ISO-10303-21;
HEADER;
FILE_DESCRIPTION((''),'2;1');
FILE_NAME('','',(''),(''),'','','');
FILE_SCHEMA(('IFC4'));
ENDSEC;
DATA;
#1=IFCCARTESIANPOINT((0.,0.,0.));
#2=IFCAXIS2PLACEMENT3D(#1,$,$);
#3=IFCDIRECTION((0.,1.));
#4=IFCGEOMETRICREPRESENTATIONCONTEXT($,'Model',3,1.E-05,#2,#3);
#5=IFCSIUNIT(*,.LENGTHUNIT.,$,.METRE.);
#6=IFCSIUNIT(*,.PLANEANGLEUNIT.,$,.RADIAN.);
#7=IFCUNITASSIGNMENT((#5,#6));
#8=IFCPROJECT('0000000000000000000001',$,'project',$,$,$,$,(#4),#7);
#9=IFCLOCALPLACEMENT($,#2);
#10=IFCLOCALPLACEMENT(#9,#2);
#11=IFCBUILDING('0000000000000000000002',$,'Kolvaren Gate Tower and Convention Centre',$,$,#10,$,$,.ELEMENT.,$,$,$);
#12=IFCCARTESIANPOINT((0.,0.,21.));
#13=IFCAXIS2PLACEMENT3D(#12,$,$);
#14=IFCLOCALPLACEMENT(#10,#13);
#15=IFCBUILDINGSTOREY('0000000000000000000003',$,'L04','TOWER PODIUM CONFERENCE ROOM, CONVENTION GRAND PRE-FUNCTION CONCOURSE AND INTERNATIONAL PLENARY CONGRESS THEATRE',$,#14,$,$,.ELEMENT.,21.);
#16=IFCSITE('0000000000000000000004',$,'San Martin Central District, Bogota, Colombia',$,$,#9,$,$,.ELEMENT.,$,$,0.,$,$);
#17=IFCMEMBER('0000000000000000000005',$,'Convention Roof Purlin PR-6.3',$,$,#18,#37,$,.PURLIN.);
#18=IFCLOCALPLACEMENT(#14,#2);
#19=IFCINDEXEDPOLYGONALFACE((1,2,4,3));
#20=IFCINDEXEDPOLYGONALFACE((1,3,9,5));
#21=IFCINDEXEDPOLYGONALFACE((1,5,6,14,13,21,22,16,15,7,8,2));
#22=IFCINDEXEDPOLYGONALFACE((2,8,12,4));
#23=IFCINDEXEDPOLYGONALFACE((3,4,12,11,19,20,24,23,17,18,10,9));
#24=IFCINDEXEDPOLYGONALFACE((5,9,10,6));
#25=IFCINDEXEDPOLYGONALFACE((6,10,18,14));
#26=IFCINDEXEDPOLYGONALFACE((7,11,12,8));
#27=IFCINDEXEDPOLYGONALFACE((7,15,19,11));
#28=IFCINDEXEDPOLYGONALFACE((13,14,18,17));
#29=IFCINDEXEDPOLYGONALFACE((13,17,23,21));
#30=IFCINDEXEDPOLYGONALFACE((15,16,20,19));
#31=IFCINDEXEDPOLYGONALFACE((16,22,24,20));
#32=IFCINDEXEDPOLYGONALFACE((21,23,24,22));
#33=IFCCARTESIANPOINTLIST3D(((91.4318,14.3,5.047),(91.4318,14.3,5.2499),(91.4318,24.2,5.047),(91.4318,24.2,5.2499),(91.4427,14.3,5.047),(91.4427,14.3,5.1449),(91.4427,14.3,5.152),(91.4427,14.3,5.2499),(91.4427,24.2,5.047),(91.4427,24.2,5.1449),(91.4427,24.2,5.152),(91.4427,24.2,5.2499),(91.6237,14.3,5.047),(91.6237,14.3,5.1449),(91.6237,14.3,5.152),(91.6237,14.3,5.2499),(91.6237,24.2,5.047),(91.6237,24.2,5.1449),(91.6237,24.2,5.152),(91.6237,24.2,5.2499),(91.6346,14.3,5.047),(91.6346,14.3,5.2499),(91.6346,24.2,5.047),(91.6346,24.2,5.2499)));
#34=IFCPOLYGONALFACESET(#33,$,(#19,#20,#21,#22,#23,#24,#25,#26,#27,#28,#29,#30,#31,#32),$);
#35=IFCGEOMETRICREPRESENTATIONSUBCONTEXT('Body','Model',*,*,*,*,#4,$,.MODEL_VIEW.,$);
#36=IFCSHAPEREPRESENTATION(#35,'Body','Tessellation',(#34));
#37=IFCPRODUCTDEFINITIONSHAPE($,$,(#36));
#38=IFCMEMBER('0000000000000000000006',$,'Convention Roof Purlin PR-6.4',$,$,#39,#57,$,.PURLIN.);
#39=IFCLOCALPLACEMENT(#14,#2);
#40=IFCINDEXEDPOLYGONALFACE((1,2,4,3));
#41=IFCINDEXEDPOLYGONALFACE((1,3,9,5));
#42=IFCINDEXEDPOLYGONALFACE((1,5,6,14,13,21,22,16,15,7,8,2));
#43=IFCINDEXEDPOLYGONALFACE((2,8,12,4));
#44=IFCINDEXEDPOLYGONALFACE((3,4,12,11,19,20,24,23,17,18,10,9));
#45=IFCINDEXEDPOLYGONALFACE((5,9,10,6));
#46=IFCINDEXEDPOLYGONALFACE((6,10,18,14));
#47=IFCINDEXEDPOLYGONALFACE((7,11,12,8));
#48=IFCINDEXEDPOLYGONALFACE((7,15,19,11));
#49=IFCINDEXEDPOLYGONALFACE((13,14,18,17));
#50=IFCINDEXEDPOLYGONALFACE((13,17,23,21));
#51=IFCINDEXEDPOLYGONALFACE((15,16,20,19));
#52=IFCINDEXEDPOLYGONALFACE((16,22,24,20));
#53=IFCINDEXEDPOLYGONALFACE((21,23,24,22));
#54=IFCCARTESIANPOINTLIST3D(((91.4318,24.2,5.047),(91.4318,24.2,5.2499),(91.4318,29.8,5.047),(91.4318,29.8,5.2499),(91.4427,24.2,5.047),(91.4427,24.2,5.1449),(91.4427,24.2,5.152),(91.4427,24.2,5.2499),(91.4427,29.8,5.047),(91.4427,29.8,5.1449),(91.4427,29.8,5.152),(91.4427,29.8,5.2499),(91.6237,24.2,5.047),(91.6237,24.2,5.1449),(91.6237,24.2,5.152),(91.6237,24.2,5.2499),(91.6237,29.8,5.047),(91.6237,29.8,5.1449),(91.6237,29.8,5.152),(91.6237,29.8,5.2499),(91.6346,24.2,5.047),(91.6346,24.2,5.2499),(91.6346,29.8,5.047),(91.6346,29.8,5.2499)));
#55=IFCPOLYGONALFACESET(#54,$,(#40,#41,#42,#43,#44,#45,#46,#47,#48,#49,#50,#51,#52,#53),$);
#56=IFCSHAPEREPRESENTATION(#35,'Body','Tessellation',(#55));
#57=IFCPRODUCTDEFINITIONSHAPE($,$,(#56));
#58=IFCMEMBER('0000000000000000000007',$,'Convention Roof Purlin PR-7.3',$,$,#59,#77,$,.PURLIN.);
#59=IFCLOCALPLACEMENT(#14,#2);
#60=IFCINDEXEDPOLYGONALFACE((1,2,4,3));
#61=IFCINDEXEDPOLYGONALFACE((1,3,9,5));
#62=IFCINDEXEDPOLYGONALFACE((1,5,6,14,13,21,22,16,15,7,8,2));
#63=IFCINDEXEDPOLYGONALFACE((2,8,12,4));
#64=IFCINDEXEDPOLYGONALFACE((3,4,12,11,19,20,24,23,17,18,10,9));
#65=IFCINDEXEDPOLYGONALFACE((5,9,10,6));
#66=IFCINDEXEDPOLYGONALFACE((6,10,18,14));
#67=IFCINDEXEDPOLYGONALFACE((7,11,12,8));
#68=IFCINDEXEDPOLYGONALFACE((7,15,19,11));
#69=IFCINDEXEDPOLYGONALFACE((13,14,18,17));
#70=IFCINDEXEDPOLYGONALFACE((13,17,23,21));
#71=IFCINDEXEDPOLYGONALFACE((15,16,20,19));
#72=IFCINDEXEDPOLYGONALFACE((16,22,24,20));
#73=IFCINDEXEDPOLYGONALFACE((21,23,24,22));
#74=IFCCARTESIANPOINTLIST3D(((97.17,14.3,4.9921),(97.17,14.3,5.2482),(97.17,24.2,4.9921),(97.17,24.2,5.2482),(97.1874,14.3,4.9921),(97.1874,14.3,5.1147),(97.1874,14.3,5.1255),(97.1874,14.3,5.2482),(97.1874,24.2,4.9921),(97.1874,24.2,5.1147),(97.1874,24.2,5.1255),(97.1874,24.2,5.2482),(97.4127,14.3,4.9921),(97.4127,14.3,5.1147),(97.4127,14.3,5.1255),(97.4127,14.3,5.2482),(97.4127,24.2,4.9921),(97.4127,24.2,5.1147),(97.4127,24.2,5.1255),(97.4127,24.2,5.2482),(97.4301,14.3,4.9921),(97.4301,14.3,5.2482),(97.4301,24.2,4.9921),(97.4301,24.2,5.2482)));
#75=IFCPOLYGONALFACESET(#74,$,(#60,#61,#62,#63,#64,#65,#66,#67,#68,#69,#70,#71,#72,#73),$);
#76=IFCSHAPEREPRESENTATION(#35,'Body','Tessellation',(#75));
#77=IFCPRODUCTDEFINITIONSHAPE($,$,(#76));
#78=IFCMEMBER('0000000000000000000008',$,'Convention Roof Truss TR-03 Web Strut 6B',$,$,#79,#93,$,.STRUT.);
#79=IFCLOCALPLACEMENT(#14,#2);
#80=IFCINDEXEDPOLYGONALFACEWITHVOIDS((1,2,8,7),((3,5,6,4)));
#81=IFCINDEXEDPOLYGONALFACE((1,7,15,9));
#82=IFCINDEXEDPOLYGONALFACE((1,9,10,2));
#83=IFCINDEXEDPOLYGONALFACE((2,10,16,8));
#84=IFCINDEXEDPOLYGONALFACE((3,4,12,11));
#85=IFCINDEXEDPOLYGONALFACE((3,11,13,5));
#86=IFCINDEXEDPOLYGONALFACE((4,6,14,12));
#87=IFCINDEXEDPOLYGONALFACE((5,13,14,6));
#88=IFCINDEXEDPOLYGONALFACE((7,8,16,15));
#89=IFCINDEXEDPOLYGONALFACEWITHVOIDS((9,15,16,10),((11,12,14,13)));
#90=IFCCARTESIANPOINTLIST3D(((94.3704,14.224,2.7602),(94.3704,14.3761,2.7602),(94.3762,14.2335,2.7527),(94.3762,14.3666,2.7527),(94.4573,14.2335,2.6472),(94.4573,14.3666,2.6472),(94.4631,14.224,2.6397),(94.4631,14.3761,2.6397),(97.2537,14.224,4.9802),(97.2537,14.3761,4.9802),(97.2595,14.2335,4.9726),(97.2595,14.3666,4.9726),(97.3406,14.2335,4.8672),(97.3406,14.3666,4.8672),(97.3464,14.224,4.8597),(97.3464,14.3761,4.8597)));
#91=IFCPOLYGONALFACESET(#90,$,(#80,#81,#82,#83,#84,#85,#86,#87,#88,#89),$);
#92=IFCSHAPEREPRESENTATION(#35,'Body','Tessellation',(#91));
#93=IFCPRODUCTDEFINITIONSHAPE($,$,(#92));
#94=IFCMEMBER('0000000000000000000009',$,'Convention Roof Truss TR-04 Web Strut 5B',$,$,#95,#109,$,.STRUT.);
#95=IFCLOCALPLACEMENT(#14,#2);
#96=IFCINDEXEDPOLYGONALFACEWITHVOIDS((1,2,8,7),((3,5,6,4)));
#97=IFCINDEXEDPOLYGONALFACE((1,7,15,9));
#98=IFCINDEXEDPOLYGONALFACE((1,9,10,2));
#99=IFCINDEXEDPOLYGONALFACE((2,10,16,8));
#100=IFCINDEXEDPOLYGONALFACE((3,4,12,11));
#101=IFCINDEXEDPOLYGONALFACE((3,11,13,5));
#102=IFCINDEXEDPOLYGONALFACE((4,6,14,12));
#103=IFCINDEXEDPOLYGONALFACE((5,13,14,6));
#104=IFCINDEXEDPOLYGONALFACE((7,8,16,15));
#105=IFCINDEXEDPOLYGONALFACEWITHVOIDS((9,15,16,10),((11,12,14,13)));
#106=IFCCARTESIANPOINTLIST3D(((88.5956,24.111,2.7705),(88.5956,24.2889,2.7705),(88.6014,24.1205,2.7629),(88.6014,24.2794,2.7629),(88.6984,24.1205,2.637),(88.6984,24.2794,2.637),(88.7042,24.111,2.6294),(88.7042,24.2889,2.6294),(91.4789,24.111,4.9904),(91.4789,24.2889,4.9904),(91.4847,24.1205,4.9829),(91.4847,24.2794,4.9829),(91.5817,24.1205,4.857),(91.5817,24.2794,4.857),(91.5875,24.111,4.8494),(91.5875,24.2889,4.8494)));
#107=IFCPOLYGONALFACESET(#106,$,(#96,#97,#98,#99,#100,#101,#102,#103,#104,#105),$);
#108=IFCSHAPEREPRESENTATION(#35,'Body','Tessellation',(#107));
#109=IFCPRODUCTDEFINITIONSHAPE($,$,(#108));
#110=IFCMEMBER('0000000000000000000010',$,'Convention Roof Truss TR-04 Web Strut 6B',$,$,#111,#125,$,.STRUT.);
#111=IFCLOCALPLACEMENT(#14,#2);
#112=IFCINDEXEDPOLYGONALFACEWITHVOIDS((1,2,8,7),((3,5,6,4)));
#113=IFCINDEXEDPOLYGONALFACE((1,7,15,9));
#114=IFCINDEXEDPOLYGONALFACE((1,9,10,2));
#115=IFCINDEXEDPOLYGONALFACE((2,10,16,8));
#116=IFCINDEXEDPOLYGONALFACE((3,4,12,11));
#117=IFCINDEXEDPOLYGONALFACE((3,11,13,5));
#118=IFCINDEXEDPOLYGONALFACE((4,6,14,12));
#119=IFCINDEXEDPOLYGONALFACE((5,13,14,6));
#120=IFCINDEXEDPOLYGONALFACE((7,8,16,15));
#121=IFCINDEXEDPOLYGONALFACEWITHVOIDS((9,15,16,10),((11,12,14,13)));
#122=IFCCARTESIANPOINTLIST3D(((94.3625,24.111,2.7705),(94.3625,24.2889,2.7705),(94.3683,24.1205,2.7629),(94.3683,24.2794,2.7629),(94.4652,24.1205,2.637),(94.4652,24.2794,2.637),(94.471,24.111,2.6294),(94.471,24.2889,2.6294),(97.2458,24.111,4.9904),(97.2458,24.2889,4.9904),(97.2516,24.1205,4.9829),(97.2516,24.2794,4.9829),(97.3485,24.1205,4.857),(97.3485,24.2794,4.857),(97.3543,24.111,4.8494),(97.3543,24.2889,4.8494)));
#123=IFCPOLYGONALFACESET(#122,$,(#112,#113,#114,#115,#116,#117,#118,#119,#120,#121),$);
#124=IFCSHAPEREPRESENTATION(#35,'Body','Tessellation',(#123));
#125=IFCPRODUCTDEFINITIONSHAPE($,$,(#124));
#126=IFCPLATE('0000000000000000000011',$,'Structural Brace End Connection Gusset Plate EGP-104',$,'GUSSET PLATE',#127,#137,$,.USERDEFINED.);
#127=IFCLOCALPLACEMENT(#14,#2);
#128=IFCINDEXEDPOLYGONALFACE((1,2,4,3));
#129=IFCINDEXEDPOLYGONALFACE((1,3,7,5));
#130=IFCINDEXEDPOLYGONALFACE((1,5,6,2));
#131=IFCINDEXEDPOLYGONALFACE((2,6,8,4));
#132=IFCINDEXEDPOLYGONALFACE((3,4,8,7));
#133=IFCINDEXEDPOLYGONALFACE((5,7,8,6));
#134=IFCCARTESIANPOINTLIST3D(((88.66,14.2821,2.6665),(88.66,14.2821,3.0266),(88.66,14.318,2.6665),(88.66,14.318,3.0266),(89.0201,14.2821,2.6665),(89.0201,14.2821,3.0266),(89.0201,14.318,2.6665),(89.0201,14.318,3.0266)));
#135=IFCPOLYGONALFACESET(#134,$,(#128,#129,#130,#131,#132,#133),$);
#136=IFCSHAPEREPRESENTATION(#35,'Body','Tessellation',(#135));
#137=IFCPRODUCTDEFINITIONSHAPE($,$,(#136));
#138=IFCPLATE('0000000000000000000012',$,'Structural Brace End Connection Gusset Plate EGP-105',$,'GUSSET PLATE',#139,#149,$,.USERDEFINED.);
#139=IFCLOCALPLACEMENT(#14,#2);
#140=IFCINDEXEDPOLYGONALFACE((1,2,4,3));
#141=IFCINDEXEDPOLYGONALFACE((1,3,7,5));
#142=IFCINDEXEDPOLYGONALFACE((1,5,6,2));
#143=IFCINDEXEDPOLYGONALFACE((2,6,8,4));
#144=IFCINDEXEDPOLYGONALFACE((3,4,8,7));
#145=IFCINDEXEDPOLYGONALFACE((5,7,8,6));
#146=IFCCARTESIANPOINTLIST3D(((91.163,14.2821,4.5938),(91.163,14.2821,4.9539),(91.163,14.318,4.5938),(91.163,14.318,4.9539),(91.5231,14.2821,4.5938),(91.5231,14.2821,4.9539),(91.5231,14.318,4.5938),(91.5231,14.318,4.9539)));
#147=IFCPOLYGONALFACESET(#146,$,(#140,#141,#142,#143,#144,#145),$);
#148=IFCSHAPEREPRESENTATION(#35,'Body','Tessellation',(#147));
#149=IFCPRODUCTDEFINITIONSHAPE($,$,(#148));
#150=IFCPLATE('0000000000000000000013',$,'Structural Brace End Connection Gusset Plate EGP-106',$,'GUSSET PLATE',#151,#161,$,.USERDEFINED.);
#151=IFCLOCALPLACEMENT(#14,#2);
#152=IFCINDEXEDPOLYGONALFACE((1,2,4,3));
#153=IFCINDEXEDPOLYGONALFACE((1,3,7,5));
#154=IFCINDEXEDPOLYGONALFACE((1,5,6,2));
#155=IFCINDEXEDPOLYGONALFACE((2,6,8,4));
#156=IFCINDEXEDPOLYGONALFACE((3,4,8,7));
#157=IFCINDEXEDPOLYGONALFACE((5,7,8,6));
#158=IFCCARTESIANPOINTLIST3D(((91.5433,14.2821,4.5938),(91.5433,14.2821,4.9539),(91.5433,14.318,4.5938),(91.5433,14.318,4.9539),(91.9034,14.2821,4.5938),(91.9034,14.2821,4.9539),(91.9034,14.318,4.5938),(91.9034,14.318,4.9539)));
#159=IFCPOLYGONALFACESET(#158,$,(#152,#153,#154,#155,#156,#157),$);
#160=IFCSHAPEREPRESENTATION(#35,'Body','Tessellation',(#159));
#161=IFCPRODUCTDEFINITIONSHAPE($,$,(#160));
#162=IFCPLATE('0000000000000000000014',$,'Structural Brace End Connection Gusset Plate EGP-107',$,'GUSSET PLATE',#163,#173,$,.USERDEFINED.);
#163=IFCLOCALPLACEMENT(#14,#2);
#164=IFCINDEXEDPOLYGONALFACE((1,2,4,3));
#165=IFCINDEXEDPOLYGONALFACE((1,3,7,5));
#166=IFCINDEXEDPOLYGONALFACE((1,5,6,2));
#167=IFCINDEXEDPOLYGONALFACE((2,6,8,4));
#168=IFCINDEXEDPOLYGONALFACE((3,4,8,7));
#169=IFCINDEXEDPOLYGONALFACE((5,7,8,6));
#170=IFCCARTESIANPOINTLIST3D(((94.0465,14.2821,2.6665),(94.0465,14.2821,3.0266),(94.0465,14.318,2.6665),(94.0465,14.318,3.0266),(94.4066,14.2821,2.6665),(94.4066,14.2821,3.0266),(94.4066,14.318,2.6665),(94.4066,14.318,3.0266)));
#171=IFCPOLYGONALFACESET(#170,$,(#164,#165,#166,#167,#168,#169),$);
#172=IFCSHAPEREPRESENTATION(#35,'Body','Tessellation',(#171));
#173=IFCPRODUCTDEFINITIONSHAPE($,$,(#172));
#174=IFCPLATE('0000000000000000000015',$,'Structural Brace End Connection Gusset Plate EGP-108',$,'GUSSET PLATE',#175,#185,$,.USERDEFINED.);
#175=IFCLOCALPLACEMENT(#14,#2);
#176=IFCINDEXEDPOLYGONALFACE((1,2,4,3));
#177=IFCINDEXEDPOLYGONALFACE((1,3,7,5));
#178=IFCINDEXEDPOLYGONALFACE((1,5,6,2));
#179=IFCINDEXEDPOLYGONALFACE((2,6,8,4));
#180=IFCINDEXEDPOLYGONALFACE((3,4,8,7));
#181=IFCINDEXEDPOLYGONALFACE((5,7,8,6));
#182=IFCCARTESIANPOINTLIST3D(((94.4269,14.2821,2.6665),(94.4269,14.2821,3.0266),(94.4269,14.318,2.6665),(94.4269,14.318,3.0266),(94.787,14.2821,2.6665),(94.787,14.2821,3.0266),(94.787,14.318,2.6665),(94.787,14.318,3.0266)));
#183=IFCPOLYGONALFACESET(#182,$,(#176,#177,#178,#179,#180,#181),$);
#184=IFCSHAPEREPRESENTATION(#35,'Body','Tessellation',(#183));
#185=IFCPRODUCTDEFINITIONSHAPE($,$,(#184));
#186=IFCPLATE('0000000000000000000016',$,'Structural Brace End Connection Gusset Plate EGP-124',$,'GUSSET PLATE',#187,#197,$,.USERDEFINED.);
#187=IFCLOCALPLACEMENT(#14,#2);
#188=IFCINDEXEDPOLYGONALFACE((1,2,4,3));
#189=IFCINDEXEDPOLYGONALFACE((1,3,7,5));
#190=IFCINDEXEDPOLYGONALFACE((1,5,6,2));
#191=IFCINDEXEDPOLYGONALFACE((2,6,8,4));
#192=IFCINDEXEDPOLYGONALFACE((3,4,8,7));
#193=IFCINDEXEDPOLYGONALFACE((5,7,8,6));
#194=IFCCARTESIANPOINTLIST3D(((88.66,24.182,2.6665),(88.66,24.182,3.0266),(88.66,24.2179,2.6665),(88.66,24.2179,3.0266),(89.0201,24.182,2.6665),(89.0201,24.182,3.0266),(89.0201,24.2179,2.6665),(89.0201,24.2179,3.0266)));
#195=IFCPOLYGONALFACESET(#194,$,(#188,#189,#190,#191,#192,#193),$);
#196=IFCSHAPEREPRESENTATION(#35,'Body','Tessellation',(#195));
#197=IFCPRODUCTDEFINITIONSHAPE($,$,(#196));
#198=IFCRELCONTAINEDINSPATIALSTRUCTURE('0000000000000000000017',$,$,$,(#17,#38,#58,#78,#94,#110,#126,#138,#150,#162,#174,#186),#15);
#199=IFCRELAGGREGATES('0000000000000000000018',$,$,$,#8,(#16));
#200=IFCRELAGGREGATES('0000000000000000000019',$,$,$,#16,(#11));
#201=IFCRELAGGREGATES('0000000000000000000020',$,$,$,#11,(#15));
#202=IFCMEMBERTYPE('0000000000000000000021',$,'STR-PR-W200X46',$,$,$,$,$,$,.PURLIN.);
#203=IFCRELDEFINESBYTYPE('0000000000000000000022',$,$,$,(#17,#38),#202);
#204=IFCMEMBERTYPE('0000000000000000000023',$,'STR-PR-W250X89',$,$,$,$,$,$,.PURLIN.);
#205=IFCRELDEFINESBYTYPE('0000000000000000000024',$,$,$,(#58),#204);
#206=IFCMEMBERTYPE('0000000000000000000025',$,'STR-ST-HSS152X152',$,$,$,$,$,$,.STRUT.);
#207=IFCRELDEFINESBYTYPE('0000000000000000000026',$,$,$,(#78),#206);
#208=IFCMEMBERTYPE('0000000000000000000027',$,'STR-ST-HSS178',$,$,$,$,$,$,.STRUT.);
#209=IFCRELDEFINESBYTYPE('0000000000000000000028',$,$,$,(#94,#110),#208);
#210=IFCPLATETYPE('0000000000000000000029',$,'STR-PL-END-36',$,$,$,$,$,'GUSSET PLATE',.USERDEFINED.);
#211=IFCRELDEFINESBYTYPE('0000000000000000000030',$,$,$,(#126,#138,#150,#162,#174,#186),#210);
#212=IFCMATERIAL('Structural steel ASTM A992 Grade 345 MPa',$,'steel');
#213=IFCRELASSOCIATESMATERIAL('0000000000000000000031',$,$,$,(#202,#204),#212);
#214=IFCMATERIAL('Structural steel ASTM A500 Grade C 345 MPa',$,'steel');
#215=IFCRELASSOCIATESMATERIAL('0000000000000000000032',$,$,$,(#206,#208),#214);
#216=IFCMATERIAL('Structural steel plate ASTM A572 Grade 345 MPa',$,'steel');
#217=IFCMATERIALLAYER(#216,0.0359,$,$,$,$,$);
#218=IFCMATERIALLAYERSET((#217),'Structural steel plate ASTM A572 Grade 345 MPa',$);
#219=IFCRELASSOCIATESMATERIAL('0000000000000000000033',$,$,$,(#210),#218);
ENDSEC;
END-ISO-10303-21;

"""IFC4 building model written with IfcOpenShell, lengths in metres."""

from ifc_helpers import new_model, si_unit, direction, frame, origin, origin_2d, place, context, subcontext, project, spatial, rectangle, hollow_rectangle, i_section, extrude, material, layer, layer_set, material_profile, profile_set, type_object, element, save


model = new_model("IFC4")

# Units and contexts
model_context = context("Model", 3, precision=1e-05, world=origin(), true_north=direction((0.0, 1.0)))
body_context = subcontext(model_context, "Body", "Model", "MODEL_VIEW")
ifc_project = project(units=[si_unit("LENGTHUNIT", "METRE"), si_unit("PLANEANGLEUNIT", "RADIAN")], contexts=[model_context])

# Site, building, storey
site_placement = place(None, origin())
site = spatial("IfcSite", under=ifc_project, at=site_placement, Name="San Martin Central District, Bogota, Colombia", CompositionType="ELEMENT", RefElevation=0.0)
building_placement = place(site_placement, origin())
building = spatial("IfcBuilding", under=site, at=building_placement, Name="Kolvaren Gate Tower and Convention Centre", CompositionType="ELEMENT")
storey_placement = place(building_placement, frame((0.0, 0.0, 21.0)))
storey = spatial("IfcBuildingStorey", under=building, at=storey_placement, Name="L04", Description="TOWER PODIUM CONFERENCE ROOM, CONVENTION GRAND PRE-FUNCTION CONCOURSE AND INTERNATIONAL PLENARY CONGRESS THEATRE", CompositionType="ELEMENT", Elevation=21.0)

# Shared definitions
ifc_material_1 = material(Name="Structural steel ASTM A992 Grade 345 MPa", Category="steel")

# Members
ifc_material_2 = material(Name="Structural steel ASTM A500 Grade C 345 MPa", Category="steel")
ifc_material_profile_1 = material_profile(ifc_material_1, i_section(OverallWidth=0.2029, OverallDepth=0.2029, WebThickness=0.0071, FlangeThickness=0.011, at=origin_2d()), Name="W200X46")
ifc_profile_set_1 = profile_set([ifc_material_profile_1], Name="Structural steel ASTM A992 Grade 345 MPa")
member_type_1 = type_object("IfcMemberType", Name="STR-PR-W200X46", PredefinedType="PURLIN", material=ifc_profile_set_1)
member_1_placement = place(storey_placement, frame((91.5332, 14.3, 5.1484), z_axis=(0.0, 1.0, 0.0), x_axis=(0.0, 0.0, 1.0)))
element("IfcMember", 1, at=member_1_placement, inside=storey, type_object=member_type_1, Name="Convention Roof Purlin PR-6.3", PredefinedType="PURLIN", context=body_context, shape_type="SweptSolid", body=[
    extrude(i_section(OverallWidth=0.2029, OverallDepth=0.2029, WebThickness=0.0071, FlangeThickness=0.011, at=origin_2d()), origin(), (0.0, 0.0, 1.0), 9.8999),
])
member_2_placement = place(storey_placement, frame((91.5332, 24.2, 5.1484), z_axis=(0.0, 1.0, 0.0), x_axis=(0.0, 0.0, 1.0)))
element("IfcMember", 2, at=member_2_placement, inside=storey, type_object=member_type_1, Name="Convention Roof Purlin PR-6.4", PredefinedType="PURLIN", context=body_context, shape_type="SweptSolid", body=[
    extrude(i_section(OverallWidth=0.2029, OverallDepth=0.2029, WebThickness=0.0071, FlangeThickness=0.011, at=origin_2d()), origin(), (0.0, 0.0, 1.0), 5.6001),
])
ifc_material_profile_2 = material_profile(ifc_material_1, i_section(OverallWidth=0.2561, OverallDepth=0.26, WebThickness=0.0107, FlangeThickness=0.0173, at=origin_2d()), Name="W250X89")
ifc_profile_set_2 = profile_set([ifc_material_profile_2], Name="Structural steel ASTM A992 Grade 345 MPa")
member_type_2 = type_object("IfcMemberType", Name="STR-PR-W250X89", PredefinedType="PURLIN", material=ifc_profile_set_2)
member_3_placement = place(storey_placement, frame((97.3, 14.3, 5.1201), z_axis=(0.0, 1.0, 0.0), x_axis=(0.0, 0.0, 1.0)))
element("IfcMember", 3, at=member_3_placement, inside=storey, type_object=member_type_2, Name="Convention Roof Purlin PR-7.3", PredefinedType="PURLIN", context=body_context, shape_type="SweptSolid", body=[
    extrude(i_section(OverallWidth=0.2561, OverallDepth=0.26, WebThickness=0.0107, FlangeThickness=0.0173, at=origin_2d()), origin(), (0.0, 0.0, 1.0), 9.8999),
])
ifc_material_profile_3 = material_profile(ifc_material_2, hollow_rectangle(XDim=0.1521, YDim=0.1521, WallThickness=0.0095, at=origin_2d()), Name="HSS152X152X9.5")
ifc_profile_set_3 = profile_set([ifc_material_profile_3], Name="Structural steel ASTM A500 Grade C 345 MPa")
member_type_3 = type_object("IfcMemberType", Name="STR-ST-HSS152X152", PredefinedType="STRUT", material=ifc_profile_set_3)
member_4_placement = place(storey_placement, frame((94.4167, 14.3, 2.7), z_axis=(0.792352, 0.0, 0.610064), x_axis=(0.0, 1.0, 0.0)))
element("IfcMember", 4, at=member_4_placement, inside=storey, type_object=member_type_3, Name="Convention Roof Truss TR-03 Web Strut 6B", PredefinedType="STRUT", context=body_context, shape_type="SweptSolid", body=[
    extrude(hollow_rectangle(XDim=0.1521, YDim=0.1521, WallThickness=0.0095, at=origin_2d()), origin(), (0.0, 0.0, 1.0), 3.6389),
])
ifc_material_profile_4 = material_profile(ifc_material_2, hollow_rectangle(XDim=0.178, YDim=0.178, WallThickness=0.0095, at=origin_2d()), Name="HSS178X178X9.5")
ifc_profile_set_4 = profile_set([ifc_material_profile_4], Name="Structural steel ASTM A500 Grade C 345 MPa")
member_type_4 = type_object("IfcMemberType", Name="STR-ST-HSS178", PredefinedType="STRUT", material=ifc_profile_set_4)
for number, where, z_axis, x_axis, name in (
    (5, (88.6499, 24.2, 2.7), (0.792352, 0.0, 0.610064), (0.0, 1.0, 0.0), "Convention Roof Truss TR-04 Web Strut 5B"),
    (6, (94.4167, 24.2, 2.7), (0.792352, 0.0, 0.610064), (0.0, 1.0, 0.0), "Convention Roof Truss TR-04 Web Strut 6B"),
):
    element("IfcMember", number, at=place(storey_placement, frame(where, z_axis=z_axis, x_axis=x_axis)), inside=storey, type_object=member_type_4, Name=name, PredefinedType="STRUT", context=body_context, shape_type="SweptSolid", body=[
        extrude(hollow_rectangle(XDim=0.178, YDim=0.178, WallThickness=0.0095, at=origin_2d()), origin(), (0.0, 0.0, 1.0), 3.6389),
    ])

# Plates
ifc_material_3 = material(Name="Structural steel plate ASTM A572 Grade 345 MPa", Category="steel")
ifc_layer_1 = layer(ifc_material_3, 0.0359)
ifc_layer_set_1 = layer_set([ifc_layer_1], Name="Structural steel plate ASTM A572 Grade 345 MPa")
plate_type_1 = type_object("IfcPlateType", Name="STR-PL-END-36", ElementType="GUSSET PLATE", PredefinedType="USERDEFINED", material=ifc_layer_set_1)
for number, where, z_axis, x_axis, name in (
    (7, (88.8401, 14.3, 2.6665), (0.0, 0.0, 1.0), (1.0, 0.0, 0.0), "Structural Brace End Connection Gusset Plate EGP-104"),
    (8, (91.343, 14.3, 4.5938), (0.0, 0.0, 1.0), (1.0, 0.0, 0.0), "Structural Brace End Connection Gusset Plate EGP-105"),
    (9, (91.7234, 14.3, 4.5938), (0.0, 0.0, 1.0), (1.0, 0.0, 0.0), "Structural Brace End Connection Gusset Plate EGP-106"),
    (10, (94.2266, 14.3, 2.6665), (0.0, 0.0, 1.0), (1.0, 0.0, 0.0), "Structural Brace End Connection Gusset Plate EGP-107"),
    (11, (94.6069, 14.3, 2.6665), (0.0, 0.0, 1.0), (1.0, 0.0, 0.0), "Structural Brace End Connection Gusset Plate EGP-108"),
    (12, (88.8401, 24.2, 2.6665), (0.0, 0.0, 1.0), (1.0, 0.0, 0.0), "Structural Brace End Connection Gusset Plate EGP-124"),
):
    element("IfcPlate", number, at=place(storey_placement, frame(where, z_axis=z_axis, x_axis=x_axis)), inside=storey, type_object=plate_type_1, Name=name, ObjectType="GUSSET PLATE", PredefinedType="USERDEFINED", context=body_context, shape_type="SweptSolid", body=[
        extrude(rectangle(XDim=0.3601, YDim=0.0359, at=origin_2d()), origin(), (0.0, 0.0, 1.0), 0.3601),
    ])

save(model, "model.ifc")
